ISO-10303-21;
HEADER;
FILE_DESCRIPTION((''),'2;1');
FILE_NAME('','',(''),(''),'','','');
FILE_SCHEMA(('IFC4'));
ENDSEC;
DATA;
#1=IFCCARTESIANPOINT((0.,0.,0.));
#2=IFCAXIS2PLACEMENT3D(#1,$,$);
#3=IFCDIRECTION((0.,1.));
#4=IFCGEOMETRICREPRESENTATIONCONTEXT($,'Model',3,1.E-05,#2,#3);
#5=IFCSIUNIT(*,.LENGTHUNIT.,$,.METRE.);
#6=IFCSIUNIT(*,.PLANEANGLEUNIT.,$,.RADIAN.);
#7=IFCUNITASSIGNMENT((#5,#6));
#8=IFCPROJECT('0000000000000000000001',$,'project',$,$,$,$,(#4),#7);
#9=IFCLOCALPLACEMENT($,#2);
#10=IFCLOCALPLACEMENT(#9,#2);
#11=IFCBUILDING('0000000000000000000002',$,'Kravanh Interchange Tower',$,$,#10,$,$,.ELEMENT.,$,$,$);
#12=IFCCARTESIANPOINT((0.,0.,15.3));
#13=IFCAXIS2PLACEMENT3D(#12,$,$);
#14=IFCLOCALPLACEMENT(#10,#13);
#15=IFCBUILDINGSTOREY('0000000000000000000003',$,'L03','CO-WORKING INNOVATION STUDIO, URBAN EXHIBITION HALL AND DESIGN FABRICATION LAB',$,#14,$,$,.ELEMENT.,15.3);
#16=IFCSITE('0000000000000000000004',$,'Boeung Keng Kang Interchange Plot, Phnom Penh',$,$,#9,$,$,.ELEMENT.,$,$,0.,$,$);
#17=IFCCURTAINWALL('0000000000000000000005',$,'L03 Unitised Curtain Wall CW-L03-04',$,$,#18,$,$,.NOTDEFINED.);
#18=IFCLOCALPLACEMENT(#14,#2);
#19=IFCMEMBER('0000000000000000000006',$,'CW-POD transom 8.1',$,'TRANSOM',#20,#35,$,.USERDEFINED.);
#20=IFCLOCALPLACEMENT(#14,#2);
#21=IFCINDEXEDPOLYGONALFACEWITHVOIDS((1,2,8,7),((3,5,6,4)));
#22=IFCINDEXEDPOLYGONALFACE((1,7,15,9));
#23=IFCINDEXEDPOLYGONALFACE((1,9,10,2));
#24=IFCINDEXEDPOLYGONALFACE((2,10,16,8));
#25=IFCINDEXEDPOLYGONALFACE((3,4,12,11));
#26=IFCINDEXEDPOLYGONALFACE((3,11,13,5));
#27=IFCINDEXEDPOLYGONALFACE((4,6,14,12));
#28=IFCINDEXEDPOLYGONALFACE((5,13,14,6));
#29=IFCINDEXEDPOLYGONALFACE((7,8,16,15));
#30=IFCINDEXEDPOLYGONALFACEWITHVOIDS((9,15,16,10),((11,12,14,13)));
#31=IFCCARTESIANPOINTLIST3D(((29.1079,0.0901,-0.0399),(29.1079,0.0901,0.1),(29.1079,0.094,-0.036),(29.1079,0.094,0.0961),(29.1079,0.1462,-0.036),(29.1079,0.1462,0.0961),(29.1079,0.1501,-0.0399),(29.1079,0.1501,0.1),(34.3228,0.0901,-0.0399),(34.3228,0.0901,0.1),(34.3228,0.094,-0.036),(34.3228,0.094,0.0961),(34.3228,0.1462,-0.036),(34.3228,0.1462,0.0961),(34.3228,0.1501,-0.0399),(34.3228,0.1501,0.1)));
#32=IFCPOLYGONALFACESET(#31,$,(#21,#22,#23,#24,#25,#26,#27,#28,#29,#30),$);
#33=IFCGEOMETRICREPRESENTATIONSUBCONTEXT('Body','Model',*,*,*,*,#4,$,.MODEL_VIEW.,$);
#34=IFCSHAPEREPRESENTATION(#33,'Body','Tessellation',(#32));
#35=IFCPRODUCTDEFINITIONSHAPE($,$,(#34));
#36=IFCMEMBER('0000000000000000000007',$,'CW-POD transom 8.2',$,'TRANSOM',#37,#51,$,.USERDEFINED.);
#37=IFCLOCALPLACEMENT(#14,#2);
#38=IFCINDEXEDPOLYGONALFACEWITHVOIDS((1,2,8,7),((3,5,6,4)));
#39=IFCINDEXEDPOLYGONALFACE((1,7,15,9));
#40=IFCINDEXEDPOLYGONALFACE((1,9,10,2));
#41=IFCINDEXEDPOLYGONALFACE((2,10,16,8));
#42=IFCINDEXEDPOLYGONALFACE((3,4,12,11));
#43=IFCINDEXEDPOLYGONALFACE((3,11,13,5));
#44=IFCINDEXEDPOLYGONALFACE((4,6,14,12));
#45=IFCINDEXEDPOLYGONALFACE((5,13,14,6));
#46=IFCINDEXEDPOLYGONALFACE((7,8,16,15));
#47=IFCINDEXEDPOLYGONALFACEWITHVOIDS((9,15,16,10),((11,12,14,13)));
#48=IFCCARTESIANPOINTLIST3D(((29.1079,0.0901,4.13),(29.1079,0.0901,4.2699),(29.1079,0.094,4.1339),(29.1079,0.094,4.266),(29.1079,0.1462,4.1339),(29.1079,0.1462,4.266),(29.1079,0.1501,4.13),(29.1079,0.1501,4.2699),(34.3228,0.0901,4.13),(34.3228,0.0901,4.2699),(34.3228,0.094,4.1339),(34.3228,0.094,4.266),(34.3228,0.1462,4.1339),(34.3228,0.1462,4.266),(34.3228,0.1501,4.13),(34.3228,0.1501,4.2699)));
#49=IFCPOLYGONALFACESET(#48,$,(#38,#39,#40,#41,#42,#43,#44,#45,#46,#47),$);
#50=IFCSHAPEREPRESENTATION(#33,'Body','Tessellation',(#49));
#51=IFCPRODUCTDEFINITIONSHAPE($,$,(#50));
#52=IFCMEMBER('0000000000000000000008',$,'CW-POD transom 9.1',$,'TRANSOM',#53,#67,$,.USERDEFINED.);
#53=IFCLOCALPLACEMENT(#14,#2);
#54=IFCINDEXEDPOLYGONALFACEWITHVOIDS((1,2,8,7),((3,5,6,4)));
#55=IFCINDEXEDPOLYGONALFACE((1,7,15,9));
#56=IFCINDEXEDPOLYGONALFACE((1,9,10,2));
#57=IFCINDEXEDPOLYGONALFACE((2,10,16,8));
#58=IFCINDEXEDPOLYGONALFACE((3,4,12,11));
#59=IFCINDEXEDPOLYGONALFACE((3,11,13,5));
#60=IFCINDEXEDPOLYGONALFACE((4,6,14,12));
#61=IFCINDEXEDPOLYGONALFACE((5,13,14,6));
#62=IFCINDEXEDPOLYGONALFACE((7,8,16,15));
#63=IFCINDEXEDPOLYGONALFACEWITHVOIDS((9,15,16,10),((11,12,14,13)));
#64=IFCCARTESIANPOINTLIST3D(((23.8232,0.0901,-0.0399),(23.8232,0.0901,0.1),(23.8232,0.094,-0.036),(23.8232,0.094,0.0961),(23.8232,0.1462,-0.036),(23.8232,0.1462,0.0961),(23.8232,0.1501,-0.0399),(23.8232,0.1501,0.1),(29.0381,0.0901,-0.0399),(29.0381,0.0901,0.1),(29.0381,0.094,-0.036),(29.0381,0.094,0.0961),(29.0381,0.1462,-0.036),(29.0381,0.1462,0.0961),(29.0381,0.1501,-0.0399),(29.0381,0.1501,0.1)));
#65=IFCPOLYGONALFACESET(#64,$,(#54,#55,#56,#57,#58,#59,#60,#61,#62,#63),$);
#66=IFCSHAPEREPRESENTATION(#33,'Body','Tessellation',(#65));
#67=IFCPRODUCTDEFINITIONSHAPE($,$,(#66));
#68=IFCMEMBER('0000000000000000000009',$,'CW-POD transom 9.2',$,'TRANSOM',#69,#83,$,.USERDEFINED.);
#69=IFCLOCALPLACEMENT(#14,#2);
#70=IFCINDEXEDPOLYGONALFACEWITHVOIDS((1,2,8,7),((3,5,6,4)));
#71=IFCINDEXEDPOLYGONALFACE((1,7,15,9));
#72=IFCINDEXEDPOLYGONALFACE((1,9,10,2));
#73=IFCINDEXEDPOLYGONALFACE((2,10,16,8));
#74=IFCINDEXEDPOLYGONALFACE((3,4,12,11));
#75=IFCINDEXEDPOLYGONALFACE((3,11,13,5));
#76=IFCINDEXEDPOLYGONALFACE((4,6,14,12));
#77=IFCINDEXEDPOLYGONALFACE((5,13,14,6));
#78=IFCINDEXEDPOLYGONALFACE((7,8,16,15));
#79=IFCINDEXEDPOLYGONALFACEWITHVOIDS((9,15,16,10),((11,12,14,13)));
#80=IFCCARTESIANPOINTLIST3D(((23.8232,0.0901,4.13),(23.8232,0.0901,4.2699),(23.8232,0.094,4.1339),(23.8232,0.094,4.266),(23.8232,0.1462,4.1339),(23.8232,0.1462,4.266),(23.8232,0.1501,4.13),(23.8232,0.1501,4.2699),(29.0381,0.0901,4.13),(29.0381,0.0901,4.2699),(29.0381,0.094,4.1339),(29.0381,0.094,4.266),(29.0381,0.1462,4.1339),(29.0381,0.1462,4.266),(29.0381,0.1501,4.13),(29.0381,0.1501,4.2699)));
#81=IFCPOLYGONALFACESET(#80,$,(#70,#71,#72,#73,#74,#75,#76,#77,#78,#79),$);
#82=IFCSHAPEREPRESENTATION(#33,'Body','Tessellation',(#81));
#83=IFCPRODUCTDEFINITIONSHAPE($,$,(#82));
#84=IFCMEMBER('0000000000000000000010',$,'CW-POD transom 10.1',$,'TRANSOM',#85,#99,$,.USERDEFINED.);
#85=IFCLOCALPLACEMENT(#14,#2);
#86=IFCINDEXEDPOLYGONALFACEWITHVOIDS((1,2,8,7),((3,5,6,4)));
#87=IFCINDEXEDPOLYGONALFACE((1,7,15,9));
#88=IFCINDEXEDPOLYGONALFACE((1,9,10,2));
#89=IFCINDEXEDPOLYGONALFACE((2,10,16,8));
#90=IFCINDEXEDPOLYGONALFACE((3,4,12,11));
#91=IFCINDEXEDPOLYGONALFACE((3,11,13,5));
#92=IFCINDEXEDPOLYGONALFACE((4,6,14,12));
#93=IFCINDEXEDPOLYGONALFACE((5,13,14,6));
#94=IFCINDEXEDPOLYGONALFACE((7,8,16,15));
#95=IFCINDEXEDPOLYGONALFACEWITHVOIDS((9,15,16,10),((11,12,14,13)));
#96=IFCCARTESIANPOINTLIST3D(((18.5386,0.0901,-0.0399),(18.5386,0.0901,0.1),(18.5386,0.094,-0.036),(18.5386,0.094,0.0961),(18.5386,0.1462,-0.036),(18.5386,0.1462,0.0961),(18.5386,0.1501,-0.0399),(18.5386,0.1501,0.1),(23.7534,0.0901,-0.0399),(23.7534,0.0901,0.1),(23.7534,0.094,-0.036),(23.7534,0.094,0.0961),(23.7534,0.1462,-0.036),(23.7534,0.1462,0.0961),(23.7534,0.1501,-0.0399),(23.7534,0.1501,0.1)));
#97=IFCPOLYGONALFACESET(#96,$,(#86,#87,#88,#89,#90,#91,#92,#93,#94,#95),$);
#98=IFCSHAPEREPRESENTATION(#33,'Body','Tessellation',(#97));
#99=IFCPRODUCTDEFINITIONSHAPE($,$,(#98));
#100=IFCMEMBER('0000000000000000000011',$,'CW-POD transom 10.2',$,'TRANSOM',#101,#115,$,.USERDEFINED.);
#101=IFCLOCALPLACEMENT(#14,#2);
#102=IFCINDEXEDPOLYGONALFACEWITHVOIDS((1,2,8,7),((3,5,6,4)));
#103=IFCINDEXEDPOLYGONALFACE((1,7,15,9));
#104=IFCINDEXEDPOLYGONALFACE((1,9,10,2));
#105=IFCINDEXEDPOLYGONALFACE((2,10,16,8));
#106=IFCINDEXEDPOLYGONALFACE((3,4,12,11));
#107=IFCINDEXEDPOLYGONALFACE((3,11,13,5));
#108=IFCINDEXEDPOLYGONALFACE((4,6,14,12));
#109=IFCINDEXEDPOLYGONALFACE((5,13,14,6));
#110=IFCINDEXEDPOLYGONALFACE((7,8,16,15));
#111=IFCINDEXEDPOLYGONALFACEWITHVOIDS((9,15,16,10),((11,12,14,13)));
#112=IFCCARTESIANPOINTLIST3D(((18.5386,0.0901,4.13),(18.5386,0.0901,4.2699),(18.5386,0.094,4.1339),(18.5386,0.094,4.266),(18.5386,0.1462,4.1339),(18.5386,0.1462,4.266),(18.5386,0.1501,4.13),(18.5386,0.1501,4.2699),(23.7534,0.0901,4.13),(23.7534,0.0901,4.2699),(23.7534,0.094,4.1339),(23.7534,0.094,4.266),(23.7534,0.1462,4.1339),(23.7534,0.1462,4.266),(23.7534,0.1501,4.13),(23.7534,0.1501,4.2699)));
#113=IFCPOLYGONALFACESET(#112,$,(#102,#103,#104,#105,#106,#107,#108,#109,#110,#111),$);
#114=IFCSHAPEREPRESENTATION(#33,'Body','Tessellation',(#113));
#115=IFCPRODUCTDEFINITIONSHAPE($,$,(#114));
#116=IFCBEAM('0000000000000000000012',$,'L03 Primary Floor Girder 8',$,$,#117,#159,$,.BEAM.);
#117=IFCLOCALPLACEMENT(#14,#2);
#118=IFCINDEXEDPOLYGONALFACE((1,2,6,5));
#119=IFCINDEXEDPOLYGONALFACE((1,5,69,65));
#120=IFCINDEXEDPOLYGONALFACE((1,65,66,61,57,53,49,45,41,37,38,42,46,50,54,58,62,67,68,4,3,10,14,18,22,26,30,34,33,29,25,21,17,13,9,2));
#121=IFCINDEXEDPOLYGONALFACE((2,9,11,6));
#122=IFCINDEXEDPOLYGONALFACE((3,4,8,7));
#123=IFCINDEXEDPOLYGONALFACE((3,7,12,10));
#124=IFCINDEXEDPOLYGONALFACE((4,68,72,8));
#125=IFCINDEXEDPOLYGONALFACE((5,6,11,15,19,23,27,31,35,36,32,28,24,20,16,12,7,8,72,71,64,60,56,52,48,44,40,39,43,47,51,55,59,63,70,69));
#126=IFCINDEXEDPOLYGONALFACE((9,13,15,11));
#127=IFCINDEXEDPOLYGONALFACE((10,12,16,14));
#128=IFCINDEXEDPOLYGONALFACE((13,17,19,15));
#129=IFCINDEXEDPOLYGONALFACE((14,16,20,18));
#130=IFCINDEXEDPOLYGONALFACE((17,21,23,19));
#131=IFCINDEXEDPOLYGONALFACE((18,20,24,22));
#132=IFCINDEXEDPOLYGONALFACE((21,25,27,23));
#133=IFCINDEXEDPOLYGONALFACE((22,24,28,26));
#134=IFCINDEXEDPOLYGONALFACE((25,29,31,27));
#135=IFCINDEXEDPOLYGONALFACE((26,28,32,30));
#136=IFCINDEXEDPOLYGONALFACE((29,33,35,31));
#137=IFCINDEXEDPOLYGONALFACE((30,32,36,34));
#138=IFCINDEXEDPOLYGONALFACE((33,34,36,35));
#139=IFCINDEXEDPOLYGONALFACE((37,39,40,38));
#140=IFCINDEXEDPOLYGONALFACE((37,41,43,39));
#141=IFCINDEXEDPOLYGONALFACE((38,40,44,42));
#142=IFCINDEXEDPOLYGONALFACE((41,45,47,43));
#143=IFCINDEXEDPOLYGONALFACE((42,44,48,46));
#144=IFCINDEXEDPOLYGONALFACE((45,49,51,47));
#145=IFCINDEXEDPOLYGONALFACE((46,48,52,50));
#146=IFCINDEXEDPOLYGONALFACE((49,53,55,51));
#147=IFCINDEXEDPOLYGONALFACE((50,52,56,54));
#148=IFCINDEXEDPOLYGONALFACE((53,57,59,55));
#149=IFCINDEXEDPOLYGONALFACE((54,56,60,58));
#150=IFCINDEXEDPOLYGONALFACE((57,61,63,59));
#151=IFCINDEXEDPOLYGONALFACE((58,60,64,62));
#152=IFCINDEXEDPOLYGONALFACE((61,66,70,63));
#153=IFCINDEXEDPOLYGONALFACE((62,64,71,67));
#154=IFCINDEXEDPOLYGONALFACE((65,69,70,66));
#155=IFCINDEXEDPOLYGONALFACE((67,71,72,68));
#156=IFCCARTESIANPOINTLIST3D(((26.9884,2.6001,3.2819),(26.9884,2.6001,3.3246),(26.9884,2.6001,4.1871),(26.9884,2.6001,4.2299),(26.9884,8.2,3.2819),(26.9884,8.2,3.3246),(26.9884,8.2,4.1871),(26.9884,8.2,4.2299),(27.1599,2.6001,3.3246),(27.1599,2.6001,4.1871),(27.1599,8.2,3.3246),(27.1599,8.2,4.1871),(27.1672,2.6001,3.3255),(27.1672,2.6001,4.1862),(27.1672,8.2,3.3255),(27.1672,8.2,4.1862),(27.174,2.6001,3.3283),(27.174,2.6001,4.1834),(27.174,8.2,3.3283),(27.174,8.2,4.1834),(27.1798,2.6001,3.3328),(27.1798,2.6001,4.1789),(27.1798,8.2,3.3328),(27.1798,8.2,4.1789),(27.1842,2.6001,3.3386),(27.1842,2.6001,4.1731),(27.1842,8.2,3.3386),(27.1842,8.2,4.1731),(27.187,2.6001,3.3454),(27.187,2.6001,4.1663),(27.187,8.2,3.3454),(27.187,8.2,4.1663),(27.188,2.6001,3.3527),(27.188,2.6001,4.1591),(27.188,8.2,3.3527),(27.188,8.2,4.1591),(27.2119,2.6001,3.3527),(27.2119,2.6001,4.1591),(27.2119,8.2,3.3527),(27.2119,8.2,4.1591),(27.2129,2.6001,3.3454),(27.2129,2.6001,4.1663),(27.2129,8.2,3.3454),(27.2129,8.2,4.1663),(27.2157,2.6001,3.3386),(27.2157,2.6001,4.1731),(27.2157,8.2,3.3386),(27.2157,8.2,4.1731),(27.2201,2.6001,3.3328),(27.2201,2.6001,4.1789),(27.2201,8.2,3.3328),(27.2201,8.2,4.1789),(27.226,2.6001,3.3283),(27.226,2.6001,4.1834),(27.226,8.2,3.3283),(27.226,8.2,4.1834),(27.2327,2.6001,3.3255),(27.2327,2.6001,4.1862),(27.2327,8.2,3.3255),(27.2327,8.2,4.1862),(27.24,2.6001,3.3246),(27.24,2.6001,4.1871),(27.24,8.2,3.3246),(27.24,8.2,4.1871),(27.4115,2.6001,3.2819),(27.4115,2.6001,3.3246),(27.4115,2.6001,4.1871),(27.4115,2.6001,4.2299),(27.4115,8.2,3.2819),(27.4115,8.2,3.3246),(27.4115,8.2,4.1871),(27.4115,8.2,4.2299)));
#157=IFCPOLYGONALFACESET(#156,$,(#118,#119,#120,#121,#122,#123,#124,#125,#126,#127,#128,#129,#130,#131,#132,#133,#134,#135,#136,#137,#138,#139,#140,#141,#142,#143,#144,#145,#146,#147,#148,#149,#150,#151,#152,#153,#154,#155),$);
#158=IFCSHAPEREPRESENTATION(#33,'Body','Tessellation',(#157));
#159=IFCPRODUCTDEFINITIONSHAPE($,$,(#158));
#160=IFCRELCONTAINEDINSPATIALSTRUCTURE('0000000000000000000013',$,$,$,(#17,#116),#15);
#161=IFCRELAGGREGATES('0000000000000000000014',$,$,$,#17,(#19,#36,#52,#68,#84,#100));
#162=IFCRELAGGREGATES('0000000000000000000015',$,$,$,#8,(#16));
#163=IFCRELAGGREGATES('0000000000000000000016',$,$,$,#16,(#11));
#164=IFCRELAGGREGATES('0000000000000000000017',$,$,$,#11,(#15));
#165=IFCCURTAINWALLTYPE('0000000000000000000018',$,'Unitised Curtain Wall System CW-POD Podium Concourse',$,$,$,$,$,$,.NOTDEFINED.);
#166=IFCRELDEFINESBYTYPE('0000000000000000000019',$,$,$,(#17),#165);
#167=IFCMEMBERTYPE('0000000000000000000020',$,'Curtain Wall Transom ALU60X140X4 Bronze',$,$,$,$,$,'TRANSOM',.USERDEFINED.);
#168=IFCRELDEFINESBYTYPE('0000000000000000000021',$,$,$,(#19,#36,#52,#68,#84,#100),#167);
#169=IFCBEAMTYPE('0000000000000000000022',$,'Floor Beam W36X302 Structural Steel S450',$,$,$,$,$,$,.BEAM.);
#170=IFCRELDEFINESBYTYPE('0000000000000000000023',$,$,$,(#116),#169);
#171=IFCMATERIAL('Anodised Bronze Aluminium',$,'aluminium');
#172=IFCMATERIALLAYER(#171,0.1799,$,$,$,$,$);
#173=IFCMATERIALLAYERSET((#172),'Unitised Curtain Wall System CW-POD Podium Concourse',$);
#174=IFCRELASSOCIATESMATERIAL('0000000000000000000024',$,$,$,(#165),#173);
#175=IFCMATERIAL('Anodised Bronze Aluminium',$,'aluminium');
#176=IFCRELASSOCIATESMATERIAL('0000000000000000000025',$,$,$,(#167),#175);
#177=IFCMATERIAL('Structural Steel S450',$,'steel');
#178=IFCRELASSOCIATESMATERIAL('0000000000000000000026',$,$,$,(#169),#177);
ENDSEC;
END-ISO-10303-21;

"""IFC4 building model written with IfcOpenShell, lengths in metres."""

from ifc_helpers import new_model, si_unit, direction, frame, origin, origin_2d, place, context, subcontext, project, spatial, hollow_rectangle, i_section, extrude, material, layer, layer_set, material_profile, profile_set, type_object, element, aggregate, save


model = new_model("IFC4")

# Units and contexts
model_context = context("Model", 3, precision=1e-05, world=origin(), true_north=direction((0.0, 1.0)))
body_context = subcontext(model_context, "Body", "Model", "MODEL_VIEW")
ifc_project = project(units=[si_unit("LENGTHUNIT", "METRE"), si_unit("PLANEANGLEUNIT", "RADIAN")], contexts=[model_context])

# Site, building, storey
site_placement = place(None, origin())
site = spatial("IfcSite", under=ifc_project, at=site_placement, Name="Boeung Keng Kang Interchange Plot, Phnom Penh", CompositionType="ELEMENT", RefElevation=0.0)
building_placement = place(site_placement, origin())
building = spatial("IfcBuilding", under=site, at=building_placement, Name="Kravanh Interchange Tower", CompositionType="ELEMENT")
storey_placement = place(building_placement, frame((0.0, 0.0, 15.3)))
storey = spatial("IfcBuildingStorey", under=building, at=storey_placement, Name="L03", Description="CO-WORKING INNOVATION STUDIO, URBAN EXHIBITION HALL AND DESIGN FABRICATION LAB", CompositionType="ELEMENT", Elevation=15.3)

# Curtain wall, members
ifc_material_1 = material(Name="Anodised Bronze Aluminium", Category="aluminium")
ifc_layer_1 = layer(ifc_material_1, 0.1799)
ifc_layer_set_1 = layer_set([ifc_layer_1], Name="Unitised Curtain Wall System CW-POD Podium Concourse")
curtain_wall_type = type_object("IfcCurtainWallType", Name="Unitised Curtain Wall System CW-POD Podium Concourse", PredefinedType="NOTDEFINED", material=ifc_layer_set_1)
curtain_wall_placement = place(storey_placement, origin())
curtain_wall = element("IfcCurtainWall", 1, at=curtain_wall_placement, inside=storey, type_object=curtain_wall_type, Name="L03 Unitised Curtain Wall CW-L03-04", PredefinedType="NOTDEFINED")
ifc_material_2 = material(Name="Anodised Bronze Aluminium", Category="aluminium")
ifc_material_profile_1 = material_profile(ifc_material_2, hollow_rectangle(XDim=0.0601, YDim=0.1399, WallThickness=0.0039, at=origin_2d()), Name="ALU60X140X4")
ifc_profile_set_1 = profile_set([ifc_material_profile_1], Name="Anodised Bronze Aluminium")
member_type_1 = type_object("IfcMemberType", Name="Curtain Wall Transom ALU60X140X4 Bronze", ElementType="TRANSOM", PredefinedType="USERDEFINED", material=ifc_profile_set_1)
member_1_placement = place(storey_placement, frame((34.3228, 0.1201, 0.03), z_axis=(-1.0, 0.0, 0.0), x_axis=(0.0, -1.0, 0.0)))
member_1 = element("IfcMember", 2, at=member_1_placement, type_object=member_type_1, Name="CW-POD transom 8.1", ObjectType="TRANSOM", PredefinedType="USERDEFINED", context=body_context, shape_type="SweptSolid", body=[
    extrude(hollow_rectangle(XDim=0.0601, YDim=0.1399, WallThickness=0.0039, at=origin_2d()), origin(), (0.0, 0.0, 1.0), 5.2148),
])
member_2_placement = place(storey_placement, frame((34.3228, 0.1201, 4.2), z_axis=(-1.0, 0.0, 0.0), x_axis=(0.0, -1.0, 0.0)))
member_2 = element("IfcMember", 3, at=member_2_placement, type_object=member_type_1, Name="CW-POD transom 8.2", ObjectType="TRANSOM", PredefinedType="USERDEFINED", context=body_context, shape_type="SweptSolid", body=[
    extrude(hollow_rectangle(XDim=0.0601, YDim=0.1399, WallThickness=0.0039, at=origin_2d()), origin(), (0.0, 0.0, 1.0), 5.2148),
])
member_3_placement = place(storey_placement, frame((29.0381, 0.1201, 0.03), z_axis=(-1.0, 0.0, 0.0), x_axis=(0.0, -1.0, 0.0)))
member_3 = element("IfcMember", 4, at=member_3_placement, type_object=member_type_1, Name="CW-POD transom 9.1", ObjectType="TRANSOM", PredefinedType="USERDEFINED", context=body_context, shape_type="SweptSolid", body=[
    extrude(hollow_rectangle(XDim=0.0601, YDim=0.1399, WallThickness=0.0039, at=origin_2d()), origin(), (0.0, 0.0, 1.0), 5.2148),
])
member_4_placement = place(storey_placement, frame((29.0381, 0.1201, 4.2), z_axis=(-1.0, 0.0, 0.0), x_axis=(0.0, -1.0, 0.0)))
member_4 = element("IfcMember", 5, at=member_4_placement, type_object=member_type_1, Name="CW-POD transom 9.2", ObjectType="TRANSOM", PredefinedType="USERDEFINED", context=body_context, shape_type="SweptSolid", body=[
    extrude(hollow_rectangle(XDim=0.0601, YDim=0.1399, WallThickness=0.0039, at=origin_2d()), origin(), (0.0, 0.0, 1.0), 5.2148),
])
member_5_placement = place(storey_placement, frame((23.7534, 0.1201, 0.03), z_axis=(-1.0, 0.0, 0.0), x_axis=(0.0, -1.0, 0.0)))
member_5 = element("IfcMember", 6, at=member_5_placement, type_object=member_type_1, Name="CW-POD transom 10.1", ObjectType="TRANSOM", PredefinedType="USERDEFINED", context=body_context, shape_type="SweptSolid", body=[
    extrude(hollow_rectangle(XDim=0.0601, YDim=0.1399, WallThickness=0.0039, at=origin_2d()), origin(), (0.0, 0.0, 1.0), 5.2148),
])
member_6_placement = place(storey_placement, frame((23.7534, 0.1201, 4.2), z_axis=(-1.0, 0.0, 0.0), x_axis=(0.0, -1.0, 0.0)))
member_6 = element("IfcMember", 7, at=member_6_placement, type_object=member_type_1, Name="CW-POD transom 10.2", ObjectType="TRANSOM", PredefinedType="USERDEFINED", context=body_context, shape_type="SweptSolid", body=[
    extrude(hollow_rectangle(XDim=0.0601, YDim=0.1399, WallThickness=0.0039, at=origin_2d()), origin(), (0.0, 0.0, 1.0), 5.2148),
])

# Beam
ifc_material_3 = material(Name="Structural Steel S450", Category="steel")
ifc_material_profile_2 = material_profile(ifc_material_3, i_section(OverallWidth=0.4231, OverallDepth=0.948, WebThickness=0.0239, FlangeThickness=0.0427, FilletRadius=0.0281, at=origin_2d()), Name="W36X302")
ifc_profile_set_2 = profile_set([ifc_material_profile_2], Name="Structural Steel S450")
beam_type_1 = type_object("IfcBeamType", Name="Floor Beam W36X302 Structural Steel S450", PredefinedType="BEAM", material=ifc_profile_set_2)
beam_1_placement = place(storey_placement, frame((27.2, 2.6001, 3.7559), z_axis=(0.0, 1.0, 0.0), x_axis=(-1.0, 0.0, 0.0)))
element("IfcBeam", 8, at=beam_1_placement, inside=storey, type_object=beam_type_1, Name="L03 Primary Floor Girder 8", PredefinedType="BEAM", context=body_context, shape_type="SweptSolid", body=[
    extrude(i_section(OverallWidth=0.4231, OverallDepth=0.948, WebThickness=0.0239, FlangeThickness=0.0427, FilletRadius=0.0281, at=origin_2d()), origin(), (0.0, 0.0, 1.0), 5.5999),
])

aggregate(curtain_wall, [member_1, member_2, member_3, member_4, member_5, member_6])

save(model, "model.ifc")
